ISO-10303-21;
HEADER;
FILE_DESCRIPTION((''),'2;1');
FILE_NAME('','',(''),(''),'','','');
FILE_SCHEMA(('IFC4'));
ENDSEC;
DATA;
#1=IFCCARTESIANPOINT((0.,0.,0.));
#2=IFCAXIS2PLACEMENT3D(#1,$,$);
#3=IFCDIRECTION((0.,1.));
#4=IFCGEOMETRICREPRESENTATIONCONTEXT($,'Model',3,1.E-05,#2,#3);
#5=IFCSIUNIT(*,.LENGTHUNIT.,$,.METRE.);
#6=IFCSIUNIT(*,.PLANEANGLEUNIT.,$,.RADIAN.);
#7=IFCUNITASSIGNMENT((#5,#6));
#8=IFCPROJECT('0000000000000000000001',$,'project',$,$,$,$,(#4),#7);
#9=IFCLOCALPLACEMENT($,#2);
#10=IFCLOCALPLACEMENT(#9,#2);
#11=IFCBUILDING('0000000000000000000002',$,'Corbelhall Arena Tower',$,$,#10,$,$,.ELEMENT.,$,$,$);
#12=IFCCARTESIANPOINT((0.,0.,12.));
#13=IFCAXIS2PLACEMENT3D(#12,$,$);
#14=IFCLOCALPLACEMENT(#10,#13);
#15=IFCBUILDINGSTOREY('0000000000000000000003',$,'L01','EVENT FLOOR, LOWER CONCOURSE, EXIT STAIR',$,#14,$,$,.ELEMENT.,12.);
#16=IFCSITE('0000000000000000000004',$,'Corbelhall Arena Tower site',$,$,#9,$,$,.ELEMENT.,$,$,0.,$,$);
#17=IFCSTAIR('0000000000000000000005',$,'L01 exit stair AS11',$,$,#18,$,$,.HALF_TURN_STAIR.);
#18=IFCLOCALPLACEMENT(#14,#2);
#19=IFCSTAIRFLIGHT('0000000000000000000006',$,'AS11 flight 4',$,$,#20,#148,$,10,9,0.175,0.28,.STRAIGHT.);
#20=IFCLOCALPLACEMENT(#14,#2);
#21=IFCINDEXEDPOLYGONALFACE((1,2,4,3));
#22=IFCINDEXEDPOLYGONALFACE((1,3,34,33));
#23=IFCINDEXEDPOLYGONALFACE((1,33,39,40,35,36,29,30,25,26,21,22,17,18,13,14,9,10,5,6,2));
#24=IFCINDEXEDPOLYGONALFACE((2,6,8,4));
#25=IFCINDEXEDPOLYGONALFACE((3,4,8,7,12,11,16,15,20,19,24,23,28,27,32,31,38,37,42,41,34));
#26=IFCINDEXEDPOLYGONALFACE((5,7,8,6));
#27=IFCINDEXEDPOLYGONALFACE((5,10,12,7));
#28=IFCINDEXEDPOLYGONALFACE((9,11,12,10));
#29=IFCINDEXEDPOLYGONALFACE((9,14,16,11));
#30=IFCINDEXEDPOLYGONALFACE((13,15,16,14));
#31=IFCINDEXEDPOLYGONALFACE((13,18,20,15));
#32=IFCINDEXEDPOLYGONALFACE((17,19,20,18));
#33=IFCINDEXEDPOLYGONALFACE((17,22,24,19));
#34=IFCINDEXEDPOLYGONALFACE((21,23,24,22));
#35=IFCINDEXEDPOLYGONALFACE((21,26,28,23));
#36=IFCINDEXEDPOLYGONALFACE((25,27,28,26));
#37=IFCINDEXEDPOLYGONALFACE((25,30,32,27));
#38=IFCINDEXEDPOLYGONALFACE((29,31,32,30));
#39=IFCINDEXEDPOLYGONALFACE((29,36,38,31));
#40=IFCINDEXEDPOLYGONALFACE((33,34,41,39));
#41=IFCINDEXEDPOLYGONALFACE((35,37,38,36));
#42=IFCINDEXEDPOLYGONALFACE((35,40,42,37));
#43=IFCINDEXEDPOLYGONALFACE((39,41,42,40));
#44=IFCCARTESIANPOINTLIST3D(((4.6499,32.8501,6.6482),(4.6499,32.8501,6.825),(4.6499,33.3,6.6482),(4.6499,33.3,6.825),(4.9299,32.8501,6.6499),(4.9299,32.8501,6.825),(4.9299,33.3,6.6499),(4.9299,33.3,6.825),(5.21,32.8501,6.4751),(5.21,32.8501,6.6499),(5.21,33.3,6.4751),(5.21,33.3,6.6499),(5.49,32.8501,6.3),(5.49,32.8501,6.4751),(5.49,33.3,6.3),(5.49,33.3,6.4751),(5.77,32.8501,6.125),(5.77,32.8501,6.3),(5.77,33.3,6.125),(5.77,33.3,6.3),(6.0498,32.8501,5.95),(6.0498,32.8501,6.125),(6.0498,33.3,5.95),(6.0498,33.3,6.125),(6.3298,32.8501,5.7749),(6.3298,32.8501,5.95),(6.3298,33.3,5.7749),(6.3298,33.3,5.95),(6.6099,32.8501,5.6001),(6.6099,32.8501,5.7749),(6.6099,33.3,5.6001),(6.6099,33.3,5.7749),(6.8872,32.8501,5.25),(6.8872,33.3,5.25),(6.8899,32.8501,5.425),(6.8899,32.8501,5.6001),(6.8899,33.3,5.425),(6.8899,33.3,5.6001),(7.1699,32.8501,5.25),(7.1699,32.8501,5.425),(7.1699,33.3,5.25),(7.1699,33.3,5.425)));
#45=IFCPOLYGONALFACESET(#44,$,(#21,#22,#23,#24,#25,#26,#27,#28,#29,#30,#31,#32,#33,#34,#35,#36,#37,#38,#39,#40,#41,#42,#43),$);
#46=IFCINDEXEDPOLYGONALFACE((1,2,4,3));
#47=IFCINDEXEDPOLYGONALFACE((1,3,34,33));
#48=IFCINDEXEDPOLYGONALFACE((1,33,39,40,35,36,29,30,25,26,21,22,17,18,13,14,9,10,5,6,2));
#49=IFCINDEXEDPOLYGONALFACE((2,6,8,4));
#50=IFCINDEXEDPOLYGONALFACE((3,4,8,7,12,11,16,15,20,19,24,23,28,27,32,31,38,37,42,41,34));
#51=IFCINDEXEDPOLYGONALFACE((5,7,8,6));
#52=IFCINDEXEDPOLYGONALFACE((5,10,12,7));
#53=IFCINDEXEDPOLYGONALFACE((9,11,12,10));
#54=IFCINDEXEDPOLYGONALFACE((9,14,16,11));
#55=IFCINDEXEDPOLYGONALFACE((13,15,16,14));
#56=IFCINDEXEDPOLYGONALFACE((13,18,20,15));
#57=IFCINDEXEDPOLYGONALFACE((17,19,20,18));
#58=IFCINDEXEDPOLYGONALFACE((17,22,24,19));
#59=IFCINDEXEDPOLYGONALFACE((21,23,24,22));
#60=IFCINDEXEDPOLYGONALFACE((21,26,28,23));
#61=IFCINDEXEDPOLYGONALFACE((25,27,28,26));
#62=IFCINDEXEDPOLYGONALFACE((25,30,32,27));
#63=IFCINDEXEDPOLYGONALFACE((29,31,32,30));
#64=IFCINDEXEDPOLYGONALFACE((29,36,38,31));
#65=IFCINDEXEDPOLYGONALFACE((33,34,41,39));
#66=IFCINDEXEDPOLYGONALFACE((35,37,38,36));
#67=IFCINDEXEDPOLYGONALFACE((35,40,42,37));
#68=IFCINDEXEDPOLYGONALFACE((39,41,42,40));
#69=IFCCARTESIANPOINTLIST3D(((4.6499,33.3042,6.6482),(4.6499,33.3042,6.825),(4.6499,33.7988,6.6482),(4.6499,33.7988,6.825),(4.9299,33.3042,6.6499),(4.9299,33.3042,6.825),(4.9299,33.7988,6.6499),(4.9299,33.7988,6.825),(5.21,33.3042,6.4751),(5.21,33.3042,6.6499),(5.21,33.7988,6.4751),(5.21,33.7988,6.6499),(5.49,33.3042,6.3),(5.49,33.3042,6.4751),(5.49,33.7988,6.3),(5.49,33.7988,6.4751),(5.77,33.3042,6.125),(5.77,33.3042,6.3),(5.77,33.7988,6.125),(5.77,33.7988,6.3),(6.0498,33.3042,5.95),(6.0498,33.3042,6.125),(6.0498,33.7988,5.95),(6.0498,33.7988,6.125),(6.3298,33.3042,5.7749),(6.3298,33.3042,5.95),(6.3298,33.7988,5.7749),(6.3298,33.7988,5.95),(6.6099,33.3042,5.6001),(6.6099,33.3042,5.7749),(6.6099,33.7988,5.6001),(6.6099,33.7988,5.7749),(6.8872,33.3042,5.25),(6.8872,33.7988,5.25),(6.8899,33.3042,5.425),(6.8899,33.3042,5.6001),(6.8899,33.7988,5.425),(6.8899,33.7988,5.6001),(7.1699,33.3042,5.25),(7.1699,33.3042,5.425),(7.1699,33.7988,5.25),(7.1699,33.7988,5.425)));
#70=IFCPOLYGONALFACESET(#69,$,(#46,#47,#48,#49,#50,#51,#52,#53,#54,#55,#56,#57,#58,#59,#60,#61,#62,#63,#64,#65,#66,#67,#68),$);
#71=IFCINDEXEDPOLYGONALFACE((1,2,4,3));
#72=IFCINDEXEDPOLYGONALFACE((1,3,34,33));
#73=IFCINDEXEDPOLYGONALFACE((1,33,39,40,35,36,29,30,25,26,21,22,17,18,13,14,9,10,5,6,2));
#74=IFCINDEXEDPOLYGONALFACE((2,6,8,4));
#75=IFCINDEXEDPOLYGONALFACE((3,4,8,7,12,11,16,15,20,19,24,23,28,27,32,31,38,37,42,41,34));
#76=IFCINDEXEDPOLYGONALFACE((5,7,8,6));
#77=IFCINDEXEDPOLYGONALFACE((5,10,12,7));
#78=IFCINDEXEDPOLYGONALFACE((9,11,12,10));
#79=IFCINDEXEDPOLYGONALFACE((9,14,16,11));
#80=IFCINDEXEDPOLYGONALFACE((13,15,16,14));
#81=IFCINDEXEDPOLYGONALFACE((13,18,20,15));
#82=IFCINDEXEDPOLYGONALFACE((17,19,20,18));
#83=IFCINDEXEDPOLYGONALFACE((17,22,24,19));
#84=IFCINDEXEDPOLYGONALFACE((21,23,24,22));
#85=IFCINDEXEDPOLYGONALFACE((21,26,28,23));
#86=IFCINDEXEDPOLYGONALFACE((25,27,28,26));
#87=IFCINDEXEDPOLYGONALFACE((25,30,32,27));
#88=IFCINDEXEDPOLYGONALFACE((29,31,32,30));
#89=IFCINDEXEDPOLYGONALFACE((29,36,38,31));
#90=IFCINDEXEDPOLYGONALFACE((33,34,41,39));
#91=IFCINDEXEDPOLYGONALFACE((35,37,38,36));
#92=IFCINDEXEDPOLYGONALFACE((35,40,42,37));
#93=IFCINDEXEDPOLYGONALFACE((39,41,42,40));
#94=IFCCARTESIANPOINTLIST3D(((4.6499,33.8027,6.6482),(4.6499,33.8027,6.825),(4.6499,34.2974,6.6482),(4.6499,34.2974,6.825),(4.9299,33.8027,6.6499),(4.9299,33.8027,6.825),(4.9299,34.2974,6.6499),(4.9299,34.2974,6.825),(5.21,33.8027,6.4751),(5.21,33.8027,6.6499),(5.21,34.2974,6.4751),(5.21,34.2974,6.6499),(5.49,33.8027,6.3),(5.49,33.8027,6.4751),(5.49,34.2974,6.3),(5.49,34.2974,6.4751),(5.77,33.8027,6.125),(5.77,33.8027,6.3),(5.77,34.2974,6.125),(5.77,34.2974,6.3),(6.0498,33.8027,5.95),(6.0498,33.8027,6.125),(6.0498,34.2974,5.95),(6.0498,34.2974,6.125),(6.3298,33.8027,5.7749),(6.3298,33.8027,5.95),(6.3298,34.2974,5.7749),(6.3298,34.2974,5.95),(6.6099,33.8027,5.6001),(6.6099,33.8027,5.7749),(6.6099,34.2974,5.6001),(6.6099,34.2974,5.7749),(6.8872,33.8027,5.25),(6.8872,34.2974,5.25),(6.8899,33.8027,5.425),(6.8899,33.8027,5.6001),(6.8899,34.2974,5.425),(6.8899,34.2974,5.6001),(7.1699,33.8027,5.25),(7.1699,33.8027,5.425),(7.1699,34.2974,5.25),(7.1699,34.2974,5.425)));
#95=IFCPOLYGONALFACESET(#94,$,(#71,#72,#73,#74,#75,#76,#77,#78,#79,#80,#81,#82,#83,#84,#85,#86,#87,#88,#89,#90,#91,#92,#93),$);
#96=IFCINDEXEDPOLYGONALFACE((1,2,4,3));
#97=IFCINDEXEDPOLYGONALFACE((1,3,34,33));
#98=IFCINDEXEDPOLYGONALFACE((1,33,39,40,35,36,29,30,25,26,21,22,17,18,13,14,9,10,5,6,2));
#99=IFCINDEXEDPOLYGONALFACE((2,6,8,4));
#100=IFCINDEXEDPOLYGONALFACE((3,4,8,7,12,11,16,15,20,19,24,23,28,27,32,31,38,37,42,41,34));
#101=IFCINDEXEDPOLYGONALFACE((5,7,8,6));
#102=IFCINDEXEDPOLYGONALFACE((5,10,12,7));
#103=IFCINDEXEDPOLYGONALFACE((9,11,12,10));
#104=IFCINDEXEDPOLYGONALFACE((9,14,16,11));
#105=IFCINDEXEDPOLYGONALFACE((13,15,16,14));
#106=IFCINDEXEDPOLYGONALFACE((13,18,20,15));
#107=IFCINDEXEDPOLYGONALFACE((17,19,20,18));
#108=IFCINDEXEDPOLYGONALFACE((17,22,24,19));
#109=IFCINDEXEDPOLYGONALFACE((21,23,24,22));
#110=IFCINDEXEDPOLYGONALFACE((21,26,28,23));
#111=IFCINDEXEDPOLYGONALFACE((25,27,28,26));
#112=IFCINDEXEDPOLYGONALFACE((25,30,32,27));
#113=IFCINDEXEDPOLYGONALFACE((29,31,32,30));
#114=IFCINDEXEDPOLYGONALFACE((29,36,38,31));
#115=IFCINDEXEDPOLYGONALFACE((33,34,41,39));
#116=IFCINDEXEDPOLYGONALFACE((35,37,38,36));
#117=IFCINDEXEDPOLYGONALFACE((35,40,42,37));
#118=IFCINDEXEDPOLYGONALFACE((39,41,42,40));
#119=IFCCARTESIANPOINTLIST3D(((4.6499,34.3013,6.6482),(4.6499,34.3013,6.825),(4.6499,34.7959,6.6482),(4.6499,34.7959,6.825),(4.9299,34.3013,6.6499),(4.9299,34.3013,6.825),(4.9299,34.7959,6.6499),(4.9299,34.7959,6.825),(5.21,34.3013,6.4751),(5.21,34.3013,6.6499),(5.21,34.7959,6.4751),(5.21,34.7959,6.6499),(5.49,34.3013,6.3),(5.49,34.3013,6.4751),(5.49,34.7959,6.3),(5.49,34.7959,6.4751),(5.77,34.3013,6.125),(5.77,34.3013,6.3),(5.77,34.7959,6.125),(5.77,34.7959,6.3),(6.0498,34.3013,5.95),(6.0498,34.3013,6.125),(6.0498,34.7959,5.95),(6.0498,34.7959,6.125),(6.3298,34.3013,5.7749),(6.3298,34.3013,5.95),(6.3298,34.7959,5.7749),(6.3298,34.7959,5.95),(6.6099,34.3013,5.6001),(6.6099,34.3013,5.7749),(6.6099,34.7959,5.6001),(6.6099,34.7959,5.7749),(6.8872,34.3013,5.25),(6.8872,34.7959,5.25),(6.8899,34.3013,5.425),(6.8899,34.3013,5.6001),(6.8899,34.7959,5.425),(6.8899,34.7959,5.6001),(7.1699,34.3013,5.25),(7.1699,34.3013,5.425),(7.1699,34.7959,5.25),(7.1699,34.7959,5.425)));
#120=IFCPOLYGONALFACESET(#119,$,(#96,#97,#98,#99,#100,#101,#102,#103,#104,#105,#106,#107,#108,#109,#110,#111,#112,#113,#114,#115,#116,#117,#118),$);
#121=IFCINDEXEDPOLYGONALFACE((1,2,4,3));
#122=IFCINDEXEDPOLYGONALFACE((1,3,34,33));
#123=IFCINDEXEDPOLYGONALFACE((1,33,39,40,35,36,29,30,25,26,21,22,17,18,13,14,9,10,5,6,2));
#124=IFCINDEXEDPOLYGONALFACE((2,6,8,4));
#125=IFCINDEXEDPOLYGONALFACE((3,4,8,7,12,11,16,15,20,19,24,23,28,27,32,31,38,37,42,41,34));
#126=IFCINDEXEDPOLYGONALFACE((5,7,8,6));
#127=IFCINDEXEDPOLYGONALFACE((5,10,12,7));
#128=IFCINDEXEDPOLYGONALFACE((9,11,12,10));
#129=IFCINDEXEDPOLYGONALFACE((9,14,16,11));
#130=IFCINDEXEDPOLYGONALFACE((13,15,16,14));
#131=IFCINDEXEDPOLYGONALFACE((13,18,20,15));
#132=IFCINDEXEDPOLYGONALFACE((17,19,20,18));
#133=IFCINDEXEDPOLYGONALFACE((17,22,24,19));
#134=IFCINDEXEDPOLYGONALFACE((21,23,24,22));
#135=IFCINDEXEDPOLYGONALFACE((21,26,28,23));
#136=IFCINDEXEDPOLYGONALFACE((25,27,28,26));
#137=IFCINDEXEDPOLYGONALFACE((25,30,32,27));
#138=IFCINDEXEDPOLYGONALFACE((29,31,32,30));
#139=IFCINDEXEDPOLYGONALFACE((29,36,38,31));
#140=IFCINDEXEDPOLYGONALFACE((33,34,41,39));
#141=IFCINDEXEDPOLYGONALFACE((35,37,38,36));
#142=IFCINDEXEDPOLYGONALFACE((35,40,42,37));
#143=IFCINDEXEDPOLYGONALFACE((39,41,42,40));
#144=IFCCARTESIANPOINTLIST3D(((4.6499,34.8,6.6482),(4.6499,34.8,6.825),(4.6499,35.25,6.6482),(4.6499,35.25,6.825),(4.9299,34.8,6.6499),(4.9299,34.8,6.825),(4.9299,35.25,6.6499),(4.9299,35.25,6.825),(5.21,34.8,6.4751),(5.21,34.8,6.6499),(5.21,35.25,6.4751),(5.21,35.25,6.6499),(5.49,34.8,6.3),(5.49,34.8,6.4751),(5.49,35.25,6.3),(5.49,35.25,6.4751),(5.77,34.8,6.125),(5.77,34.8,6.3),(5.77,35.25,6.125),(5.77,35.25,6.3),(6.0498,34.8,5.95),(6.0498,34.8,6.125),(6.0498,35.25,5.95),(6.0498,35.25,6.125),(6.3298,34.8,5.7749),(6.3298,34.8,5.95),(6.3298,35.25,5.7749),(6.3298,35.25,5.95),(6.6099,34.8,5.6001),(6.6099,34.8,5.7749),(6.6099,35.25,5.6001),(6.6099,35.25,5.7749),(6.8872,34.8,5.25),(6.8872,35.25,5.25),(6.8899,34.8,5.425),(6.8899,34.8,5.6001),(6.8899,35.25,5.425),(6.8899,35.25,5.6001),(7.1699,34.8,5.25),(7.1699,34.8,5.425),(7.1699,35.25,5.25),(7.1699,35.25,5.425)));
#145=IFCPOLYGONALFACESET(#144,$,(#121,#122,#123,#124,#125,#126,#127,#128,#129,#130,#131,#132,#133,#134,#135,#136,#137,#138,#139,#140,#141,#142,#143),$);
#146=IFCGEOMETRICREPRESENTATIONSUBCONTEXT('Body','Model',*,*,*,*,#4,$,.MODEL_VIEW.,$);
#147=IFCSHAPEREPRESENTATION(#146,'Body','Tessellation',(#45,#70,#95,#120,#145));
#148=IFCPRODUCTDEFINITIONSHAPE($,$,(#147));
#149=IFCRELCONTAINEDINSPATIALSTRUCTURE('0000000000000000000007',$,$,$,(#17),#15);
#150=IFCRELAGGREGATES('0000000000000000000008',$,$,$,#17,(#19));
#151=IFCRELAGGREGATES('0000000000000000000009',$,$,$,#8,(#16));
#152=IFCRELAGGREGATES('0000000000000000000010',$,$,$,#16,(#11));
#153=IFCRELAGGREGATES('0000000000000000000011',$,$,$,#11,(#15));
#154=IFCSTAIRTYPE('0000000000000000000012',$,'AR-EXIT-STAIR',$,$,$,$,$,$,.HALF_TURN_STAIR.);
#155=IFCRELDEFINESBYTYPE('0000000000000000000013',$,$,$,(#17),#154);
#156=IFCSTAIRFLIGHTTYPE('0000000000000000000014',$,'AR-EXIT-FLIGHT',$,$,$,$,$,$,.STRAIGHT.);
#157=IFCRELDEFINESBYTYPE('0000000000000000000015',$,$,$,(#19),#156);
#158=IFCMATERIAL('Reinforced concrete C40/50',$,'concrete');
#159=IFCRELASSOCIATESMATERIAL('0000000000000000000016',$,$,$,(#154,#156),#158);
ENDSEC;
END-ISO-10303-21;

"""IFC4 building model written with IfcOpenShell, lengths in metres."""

from ifc_helpers import new_model, si_unit, direction, frame, origin, place, context, subcontext, project, spatial, polyline, outline, extrude, material, type_object, element, aggregate, save


model = new_model("IFC4")

# Units and contexts
model_context = context("Model", 3, precision=1e-05, world=origin(), true_north=direction((0.0, 1.0)))
body_context = subcontext(model_context, "Body", "Model", "MODEL_VIEW")
ifc_project = project(units=[si_unit("LENGTHUNIT", "METRE"), si_unit("PLANEANGLEUNIT", "RADIAN")], contexts=[model_context])

# Site, building, storey
site_placement = place(None, origin())
site = spatial("IfcSite", under=ifc_project, at=site_placement, Name="Corbelhall Arena Tower site", CompositionType="ELEMENT", RefElevation=0.0)
building_placement = place(site_placement, origin())
building = spatial("IfcBuilding", under=site, at=building_placement, Name="Corbelhall Arena Tower", CompositionType="ELEMENT")
storey_placement = place(building_placement, frame((0.0, 0.0, 12.0)))
storey = spatial("IfcBuildingStorey", under=building, at=storey_placement, Name="L01", Description="EVENT FLOOR, LOWER CONCOURSE, EXIT STAIR", CompositionType="ELEMENT", Elevation=12.0)

# Shared definitions
ifc_material_1 = material(Name="Reinforced concrete C40/50", Category="concrete")

# Stair, stair flight
stair_type = type_object("IfcStairType", Name="AR-EXIT-STAIR", PredefinedType="HALF_TURN_STAIR", material=ifc_material_1)
stair_placement = place(storey_placement, origin())
stair = element("IfcStair", 1, at=stair_placement, inside=storey, type_object=stair_type, Name="L01 exit stair AS11", PredefinedType="HALF_TURN_STAIR")
stair_flight_type = type_object("IfcStairFlightType", Name="AR-EXIT-FLIGHT", PredefinedType="STRAIGHT", material=ifc_material_1)
stair_flight_1_placement = place(storey_placement, frame((7.1699, 34.05, 5.25), z_axis=(0.0, 0.0, 1.0), x_axis=(-1.0, 0.0, 0.0)))
stair_flight_1 = element("IfcStairFlight", 2, at=stair_flight_1_placement, type_object=stair_flight_type, Name="AS11 flight 4", NumberOfRisers=10, NumberOfTreads=9, PredefinedType="STRAIGHT", RiserHeight=0.175, TreadLength=0.28, context=body_context, shape_type="SweptSolid", body=[
    extrude(outline(polyline([(0.0, 0.0), (0.0, 0.175), (0.28, 0.175), (0.28, 0.3501), (0.5601, 0.3501), (0.5601, 0.5249), (0.8401, 0.5249), (0.8401, 0.7), (1.1201, 0.7), (1.1201, 0.875), (1.3999, 0.875), (1.3999, 1.05), (1.6799, 1.05), (1.6799, 1.2251), (1.96, 1.2251), (1.96, 1.3999), (2.24, 1.3999), (2.24, 1.575), (2.52, 1.575), (2.52, 1.75), (2.52, 1.3982), (0.2827, 0.0), (0.0, 0.0)])), frame((0.0, 1.2, 0.0), z_axis=(0.0, -1.0, 0.0), x_axis=(1.0, 0.0, 0.0)), (0.0, 0.0, 1.0), 0.45),
    extrude(outline(polyline([(0.0, 0.0), (0.0, 0.175), (0.28, 0.175), (0.28, 0.3501), (0.5601, 0.3501), (0.5601, 0.5249), (0.8401, 0.5249), (0.8401, 0.7), (1.1201, 0.7), (1.1201, 0.875), (1.3999, 0.875), (1.3999, 1.05), (1.6799, 1.05), (1.6799, 1.2251), (1.96, 1.2251), (1.96, 1.3999), (2.24, 1.3999), (2.24, 1.575), (2.52, 1.575), (2.52, 1.75), (2.52, 1.3982), (0.2827, 0.0), (0.0, 0.0)])), frame((0.0, 0.7458, 0.0), z_axis=(0.0, -1.0, 0.0), x_axis=(1.0, 0.0, 0.0)), (0.0, 0.0, 1.0), 0.4946),
    extrude(outline(polyline([(0.0, 0.0), (0.0, 0.175), (0.28, 0.175), (0.28, 0.3501), (0.5601, 0.3501), (0.5601, 0.5249), (0.8401, 0.5249), (0.8401, 0.7), (1.1201, 0.7), (1.1201, 0.875), (1.3999, 0.875), (1.3999, 1.05), (1.6799, 1.05), (1.6799, 1.2251), (1.96, 1.2251), (1.96, 1.3999), (2.24, 1.3999), (2.24, 1.575), (2.52, 1.575), (2.52, 1.75), (2.52, 1.3982), (0.2827, 0.0), (0.0, 0.0)])), frame((0.0, 0.2473, 0.0), z_axis=(0.0, -1.0, 0.0), x_axis=(1.0, 0.0, 0.0)), (0.0, 0.0, 1.0), 0.4946),
    extrude(outline(polyline([(0.0, 0.0), (0.0, 0.175), (0.28, 0.175), (0.28, 0.3501), (0.5601, 0.3501), (0.5601, 0.5249), (0.8401, 0.5249), (0.8401, 0.7), (1.1201, 0.7), (1.1201, 0.875), (1.3999, 0.875), (1.3999, 1.05), (1.6799, 1.05), (1.6799, 1.2251), (1.96, 1.2251), (1.96, 1.3999), (2.24, 1.3999), (2.24, 1.575), (2.52, 1.575), (2.52, 1.75), (2.52, 1.3982), (0.2827, 0.0), (0.0, 0.0)])), frame((0.0, -0.2512, 0.0), z_axis=(0.0, -1.0, 0.0), x_axis=(1.0, 0.0, 0.0)), (0.0, 0.0, 1.0), 0.4946),
    extrude(outline(polyline([(0.0, 0.0), (0.0, 0.175), (0.28, 0.175), (0.28, 0.3501), (0.5601, 0.3501), (0.5601, 0.5249), (0.8401, 0.5249), (0.8401, 0.7), (1.1201, 0.7), (1.1201, 0.875), (1.3999, 0.875), (1.3999, 1.05), (1.6799, 1.05), (1.6799, 1.2251), (1.96, 1.2251), (1.96, 1.3999), (2.24, 1.3999), (2.24, 1.575), (2.52, 1.575), (2.52, 1.75), (2.52, 1.3982), (0.2827, 0.0), (0.0, 0.0)])), frame((0.0, -0.75, 0.0), z_axis=(0.0, -1.0, 0.0), x_axis=(1.0, 0.0, 0.0)), (0.0, 0.0, 1.0), 0.45),
])
aggregate(stair, [stair_flight_1])

save(model, "model.ifc")
